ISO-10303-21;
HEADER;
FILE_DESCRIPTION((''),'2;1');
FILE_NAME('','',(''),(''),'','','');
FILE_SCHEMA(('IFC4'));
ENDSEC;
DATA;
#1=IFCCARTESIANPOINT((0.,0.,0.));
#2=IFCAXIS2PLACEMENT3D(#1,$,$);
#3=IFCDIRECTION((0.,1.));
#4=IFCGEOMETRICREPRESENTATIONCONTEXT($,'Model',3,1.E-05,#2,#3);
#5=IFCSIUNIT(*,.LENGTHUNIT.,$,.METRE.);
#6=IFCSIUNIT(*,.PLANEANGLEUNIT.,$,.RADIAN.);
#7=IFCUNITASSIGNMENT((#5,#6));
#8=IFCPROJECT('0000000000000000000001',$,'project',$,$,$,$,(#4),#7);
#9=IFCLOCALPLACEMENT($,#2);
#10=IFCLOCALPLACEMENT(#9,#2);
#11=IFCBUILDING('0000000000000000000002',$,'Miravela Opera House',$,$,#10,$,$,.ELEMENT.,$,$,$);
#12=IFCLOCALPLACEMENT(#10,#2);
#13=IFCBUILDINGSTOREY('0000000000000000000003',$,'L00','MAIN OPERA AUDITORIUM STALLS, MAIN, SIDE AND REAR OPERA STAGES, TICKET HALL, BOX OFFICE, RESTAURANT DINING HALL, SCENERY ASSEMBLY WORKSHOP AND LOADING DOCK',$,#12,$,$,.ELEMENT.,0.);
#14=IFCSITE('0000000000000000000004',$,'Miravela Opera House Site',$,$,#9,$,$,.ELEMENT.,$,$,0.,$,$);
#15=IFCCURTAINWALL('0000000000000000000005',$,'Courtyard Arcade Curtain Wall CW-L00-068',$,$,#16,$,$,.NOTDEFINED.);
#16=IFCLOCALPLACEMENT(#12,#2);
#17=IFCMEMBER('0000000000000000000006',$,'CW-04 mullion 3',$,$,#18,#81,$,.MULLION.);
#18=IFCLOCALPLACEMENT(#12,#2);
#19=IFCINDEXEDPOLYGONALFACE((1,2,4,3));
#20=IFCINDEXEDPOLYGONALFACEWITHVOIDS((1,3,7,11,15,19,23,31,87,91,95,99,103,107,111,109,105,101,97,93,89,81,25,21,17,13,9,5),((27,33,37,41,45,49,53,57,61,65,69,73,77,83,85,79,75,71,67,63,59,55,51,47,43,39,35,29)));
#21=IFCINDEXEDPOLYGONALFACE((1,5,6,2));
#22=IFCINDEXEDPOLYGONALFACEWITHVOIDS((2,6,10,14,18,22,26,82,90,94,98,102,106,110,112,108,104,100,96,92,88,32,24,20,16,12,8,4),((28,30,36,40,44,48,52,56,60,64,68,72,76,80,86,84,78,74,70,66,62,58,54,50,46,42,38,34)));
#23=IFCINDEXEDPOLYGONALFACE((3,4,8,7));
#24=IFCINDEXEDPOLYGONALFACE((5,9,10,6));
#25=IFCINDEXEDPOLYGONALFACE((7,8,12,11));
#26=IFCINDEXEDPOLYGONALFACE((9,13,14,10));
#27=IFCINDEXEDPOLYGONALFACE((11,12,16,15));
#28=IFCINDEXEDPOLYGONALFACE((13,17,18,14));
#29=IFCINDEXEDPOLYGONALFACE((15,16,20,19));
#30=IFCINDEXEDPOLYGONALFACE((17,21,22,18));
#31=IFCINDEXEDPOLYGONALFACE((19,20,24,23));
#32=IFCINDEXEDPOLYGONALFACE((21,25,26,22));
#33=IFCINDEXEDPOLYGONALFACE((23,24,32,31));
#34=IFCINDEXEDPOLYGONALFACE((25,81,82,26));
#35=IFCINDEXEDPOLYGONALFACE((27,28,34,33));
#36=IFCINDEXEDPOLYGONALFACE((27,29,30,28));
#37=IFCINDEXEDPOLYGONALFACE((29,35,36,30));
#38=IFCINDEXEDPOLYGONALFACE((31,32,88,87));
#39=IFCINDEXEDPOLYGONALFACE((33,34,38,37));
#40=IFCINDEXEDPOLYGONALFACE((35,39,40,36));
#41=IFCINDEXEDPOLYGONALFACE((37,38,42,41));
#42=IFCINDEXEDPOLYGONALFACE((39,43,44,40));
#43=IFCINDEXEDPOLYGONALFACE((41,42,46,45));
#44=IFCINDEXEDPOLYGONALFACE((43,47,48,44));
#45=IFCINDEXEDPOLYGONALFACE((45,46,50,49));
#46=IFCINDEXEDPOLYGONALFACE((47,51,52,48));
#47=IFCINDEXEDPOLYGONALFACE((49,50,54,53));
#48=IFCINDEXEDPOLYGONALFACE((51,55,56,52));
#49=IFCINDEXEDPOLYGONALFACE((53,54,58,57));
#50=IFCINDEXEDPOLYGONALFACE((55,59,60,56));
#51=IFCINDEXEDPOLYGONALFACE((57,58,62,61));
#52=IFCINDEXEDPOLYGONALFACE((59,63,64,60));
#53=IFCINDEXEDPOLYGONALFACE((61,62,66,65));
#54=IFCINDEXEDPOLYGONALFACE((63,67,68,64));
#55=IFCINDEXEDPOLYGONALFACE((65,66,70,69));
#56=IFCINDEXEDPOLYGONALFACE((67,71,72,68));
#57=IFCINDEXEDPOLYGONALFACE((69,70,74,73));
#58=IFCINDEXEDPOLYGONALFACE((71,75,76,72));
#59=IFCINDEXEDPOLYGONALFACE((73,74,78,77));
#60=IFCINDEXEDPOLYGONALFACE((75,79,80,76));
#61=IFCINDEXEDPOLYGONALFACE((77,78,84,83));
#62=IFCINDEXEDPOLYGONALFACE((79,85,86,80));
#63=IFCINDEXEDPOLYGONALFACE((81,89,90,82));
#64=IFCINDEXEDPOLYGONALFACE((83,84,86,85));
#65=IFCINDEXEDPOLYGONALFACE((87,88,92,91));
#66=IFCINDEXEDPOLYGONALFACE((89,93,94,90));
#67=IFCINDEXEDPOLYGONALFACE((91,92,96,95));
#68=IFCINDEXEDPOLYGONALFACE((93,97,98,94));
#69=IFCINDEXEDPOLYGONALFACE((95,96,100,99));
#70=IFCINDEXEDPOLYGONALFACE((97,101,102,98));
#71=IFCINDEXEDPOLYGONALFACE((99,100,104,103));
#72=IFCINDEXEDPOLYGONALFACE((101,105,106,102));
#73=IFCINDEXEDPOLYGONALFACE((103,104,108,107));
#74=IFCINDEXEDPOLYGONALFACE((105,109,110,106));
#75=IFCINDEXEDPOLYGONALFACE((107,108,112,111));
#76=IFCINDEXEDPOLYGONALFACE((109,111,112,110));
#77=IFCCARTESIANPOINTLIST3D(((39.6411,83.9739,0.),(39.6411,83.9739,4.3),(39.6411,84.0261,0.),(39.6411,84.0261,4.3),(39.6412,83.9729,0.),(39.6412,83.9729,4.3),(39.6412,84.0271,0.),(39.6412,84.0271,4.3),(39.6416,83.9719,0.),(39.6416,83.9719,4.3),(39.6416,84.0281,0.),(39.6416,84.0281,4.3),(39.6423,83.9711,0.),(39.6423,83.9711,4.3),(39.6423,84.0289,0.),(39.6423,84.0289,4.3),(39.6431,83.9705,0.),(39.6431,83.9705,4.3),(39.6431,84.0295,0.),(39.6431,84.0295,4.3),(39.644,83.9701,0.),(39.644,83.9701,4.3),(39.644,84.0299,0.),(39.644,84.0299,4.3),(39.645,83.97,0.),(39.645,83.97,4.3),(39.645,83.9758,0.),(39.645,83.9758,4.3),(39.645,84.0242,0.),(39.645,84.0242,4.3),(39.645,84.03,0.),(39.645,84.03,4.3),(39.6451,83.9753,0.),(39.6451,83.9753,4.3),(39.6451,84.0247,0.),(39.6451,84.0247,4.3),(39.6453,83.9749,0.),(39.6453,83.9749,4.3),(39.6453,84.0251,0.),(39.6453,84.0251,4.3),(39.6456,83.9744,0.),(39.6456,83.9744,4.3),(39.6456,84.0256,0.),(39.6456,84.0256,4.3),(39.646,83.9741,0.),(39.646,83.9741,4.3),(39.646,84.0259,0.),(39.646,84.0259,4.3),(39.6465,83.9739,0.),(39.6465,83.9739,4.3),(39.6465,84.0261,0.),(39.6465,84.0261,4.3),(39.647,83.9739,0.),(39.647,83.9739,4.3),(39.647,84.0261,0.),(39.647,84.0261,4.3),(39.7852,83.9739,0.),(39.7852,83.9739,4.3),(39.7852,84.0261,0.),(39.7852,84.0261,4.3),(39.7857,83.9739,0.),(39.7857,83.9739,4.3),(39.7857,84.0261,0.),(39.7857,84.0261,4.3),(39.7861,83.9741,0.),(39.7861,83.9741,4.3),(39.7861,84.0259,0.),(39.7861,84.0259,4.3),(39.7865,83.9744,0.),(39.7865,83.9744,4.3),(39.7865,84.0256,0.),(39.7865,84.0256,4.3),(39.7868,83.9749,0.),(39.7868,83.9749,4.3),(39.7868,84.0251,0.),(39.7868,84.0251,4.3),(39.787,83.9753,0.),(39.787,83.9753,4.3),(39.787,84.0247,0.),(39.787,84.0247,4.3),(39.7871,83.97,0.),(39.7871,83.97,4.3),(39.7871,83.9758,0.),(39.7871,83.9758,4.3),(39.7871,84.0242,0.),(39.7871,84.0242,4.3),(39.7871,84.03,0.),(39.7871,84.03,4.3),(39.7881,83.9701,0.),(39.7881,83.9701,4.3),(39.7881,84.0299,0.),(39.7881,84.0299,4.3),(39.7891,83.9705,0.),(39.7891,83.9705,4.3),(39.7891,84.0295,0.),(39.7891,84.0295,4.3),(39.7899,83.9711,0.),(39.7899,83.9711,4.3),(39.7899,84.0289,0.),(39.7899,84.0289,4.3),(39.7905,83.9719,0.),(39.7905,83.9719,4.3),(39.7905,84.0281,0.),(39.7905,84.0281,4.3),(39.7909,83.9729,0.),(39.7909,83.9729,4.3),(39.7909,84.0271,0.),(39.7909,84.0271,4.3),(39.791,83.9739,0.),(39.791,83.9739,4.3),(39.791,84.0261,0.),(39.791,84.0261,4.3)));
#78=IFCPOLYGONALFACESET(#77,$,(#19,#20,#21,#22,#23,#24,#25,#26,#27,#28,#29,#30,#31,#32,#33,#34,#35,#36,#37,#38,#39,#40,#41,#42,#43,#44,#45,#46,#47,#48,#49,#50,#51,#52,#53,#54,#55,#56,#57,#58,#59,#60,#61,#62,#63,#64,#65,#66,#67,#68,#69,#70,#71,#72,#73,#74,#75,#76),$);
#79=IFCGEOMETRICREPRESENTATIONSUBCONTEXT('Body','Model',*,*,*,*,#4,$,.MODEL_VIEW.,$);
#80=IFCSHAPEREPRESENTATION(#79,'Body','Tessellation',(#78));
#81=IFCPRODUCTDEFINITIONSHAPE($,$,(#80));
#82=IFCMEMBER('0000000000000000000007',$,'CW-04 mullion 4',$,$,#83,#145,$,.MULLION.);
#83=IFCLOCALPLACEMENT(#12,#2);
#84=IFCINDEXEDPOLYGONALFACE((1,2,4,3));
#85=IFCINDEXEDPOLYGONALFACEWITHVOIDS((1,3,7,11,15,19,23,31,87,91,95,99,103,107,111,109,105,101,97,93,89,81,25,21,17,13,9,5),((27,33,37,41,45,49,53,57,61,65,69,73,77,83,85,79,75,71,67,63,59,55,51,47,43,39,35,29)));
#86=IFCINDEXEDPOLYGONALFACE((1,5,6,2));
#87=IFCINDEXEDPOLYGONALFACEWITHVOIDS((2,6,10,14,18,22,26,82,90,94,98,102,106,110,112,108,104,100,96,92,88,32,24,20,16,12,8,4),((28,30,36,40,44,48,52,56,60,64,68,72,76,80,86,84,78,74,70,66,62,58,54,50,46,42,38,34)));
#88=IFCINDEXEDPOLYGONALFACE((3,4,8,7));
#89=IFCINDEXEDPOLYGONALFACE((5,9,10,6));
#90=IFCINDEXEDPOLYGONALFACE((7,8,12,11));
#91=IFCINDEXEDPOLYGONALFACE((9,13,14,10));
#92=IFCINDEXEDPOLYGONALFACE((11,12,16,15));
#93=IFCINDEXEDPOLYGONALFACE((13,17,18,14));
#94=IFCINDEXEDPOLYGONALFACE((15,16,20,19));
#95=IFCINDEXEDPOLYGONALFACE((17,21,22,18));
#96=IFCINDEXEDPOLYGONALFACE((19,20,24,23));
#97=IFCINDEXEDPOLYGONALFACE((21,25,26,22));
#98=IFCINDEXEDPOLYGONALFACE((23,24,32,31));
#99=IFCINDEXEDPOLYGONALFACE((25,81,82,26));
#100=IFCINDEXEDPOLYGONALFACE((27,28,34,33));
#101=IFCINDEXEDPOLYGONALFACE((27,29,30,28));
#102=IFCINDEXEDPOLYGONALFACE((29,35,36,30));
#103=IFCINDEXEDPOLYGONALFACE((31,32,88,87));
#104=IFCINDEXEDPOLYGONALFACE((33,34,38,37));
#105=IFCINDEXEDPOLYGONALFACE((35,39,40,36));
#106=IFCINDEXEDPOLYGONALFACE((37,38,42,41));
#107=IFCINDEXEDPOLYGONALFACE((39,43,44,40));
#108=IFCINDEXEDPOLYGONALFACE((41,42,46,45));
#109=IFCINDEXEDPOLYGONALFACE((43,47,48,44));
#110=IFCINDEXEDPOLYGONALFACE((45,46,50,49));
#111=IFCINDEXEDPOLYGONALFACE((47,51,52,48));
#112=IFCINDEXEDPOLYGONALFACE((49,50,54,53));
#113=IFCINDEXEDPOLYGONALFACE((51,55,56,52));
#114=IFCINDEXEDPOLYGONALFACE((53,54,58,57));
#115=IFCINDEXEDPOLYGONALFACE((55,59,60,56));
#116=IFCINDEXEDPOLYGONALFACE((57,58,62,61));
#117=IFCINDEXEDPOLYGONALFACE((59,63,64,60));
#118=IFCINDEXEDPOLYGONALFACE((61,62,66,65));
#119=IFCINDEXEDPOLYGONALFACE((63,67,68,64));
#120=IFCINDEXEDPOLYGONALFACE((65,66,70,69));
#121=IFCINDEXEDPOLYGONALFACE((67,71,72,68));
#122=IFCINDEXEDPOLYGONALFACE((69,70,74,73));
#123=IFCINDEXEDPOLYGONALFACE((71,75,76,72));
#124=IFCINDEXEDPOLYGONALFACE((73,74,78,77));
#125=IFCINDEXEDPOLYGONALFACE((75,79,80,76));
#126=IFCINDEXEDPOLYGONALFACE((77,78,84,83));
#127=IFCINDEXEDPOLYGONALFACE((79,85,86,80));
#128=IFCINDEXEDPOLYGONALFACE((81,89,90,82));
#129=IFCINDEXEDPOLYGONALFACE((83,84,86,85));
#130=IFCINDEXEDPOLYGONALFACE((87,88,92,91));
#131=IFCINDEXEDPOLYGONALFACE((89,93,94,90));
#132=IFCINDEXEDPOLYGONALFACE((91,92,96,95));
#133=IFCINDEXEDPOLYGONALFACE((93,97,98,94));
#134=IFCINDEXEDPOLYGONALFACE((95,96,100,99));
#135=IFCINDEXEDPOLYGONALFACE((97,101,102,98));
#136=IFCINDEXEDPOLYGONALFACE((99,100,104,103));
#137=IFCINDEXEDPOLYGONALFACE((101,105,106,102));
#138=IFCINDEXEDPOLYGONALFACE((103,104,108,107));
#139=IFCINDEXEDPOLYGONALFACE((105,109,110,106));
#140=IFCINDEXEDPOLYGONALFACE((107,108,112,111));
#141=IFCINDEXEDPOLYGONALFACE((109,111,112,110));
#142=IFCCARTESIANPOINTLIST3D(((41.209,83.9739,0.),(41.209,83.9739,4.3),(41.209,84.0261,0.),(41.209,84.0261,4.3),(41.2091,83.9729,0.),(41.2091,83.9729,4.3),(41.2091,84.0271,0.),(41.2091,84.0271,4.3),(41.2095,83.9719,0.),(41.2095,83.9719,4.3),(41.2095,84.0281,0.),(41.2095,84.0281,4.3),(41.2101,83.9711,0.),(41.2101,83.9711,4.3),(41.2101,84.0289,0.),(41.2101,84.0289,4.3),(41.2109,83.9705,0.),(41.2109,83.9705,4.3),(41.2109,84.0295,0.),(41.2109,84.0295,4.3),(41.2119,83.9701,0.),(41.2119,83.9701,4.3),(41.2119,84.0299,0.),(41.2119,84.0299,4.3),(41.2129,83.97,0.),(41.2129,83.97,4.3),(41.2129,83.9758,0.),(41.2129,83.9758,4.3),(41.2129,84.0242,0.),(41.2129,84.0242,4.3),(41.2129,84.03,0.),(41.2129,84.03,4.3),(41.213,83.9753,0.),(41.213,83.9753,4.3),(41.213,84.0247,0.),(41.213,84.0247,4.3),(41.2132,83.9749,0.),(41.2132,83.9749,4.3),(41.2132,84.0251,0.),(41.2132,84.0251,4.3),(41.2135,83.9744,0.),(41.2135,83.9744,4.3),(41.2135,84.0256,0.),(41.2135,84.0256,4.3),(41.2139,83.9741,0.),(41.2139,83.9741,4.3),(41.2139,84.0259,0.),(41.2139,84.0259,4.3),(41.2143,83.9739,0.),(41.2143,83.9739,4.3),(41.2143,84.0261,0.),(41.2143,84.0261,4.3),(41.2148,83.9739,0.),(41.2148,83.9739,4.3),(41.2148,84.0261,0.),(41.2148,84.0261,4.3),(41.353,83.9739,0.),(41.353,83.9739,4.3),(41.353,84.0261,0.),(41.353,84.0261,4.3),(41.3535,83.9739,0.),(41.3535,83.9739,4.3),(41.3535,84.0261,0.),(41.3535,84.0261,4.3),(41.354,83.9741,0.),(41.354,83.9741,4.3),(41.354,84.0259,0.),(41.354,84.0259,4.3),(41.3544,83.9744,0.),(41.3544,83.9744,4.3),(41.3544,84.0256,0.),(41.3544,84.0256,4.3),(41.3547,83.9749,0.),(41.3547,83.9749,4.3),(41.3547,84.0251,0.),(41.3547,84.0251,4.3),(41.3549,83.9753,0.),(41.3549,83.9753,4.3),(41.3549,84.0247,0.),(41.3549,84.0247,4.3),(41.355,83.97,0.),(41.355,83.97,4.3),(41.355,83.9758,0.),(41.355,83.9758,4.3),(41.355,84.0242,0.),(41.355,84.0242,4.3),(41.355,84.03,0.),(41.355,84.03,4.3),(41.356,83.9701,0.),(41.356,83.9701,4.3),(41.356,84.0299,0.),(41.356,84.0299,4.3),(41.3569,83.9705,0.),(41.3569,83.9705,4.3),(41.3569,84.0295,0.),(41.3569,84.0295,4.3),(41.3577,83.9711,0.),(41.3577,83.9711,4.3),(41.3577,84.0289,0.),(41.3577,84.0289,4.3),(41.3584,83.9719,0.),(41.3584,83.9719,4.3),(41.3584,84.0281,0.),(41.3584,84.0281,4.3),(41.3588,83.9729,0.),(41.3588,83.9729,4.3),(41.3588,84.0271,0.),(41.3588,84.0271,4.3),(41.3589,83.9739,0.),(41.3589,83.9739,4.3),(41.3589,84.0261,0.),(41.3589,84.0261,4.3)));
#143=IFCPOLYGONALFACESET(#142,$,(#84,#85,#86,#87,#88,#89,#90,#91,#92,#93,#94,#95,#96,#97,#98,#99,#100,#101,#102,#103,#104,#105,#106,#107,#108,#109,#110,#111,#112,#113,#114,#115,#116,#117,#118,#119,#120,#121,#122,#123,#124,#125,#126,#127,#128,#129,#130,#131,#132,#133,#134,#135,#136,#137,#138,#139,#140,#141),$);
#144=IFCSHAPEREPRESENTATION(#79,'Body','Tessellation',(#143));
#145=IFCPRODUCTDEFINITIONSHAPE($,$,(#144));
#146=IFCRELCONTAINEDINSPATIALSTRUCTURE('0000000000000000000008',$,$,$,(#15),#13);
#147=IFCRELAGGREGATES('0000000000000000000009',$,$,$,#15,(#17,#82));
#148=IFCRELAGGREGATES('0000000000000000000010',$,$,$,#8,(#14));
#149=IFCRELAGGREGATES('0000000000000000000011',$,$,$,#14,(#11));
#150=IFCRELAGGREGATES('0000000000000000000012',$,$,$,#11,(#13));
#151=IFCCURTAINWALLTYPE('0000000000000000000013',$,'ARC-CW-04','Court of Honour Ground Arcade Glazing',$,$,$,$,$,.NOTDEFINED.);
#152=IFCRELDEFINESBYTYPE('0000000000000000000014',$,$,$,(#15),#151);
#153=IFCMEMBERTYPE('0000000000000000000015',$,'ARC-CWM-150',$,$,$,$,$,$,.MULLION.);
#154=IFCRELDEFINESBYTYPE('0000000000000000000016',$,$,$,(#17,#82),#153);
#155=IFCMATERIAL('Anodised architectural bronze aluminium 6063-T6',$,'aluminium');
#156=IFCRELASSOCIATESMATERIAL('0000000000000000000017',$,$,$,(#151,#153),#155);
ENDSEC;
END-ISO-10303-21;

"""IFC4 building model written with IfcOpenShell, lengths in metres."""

from ifc_helpers import new_model, si_unit, direction, frame, origin, origin_2d, place, context, subcontext, project, spatial, hollow_rectangle, extrude, material, material_profile, profile_set, type_object, element, aggregate, save


model = new_model("IFC4")

# Units and contexts
model_context = context("Model", 3, precision=1e-05, world=origin(), true_north=direction((0.0, 1.0)))
body_context = subcontext(model_context, "Body", "Model", "MODEL_VIEW")
ifc_project = project(units=[si_unit("LENGTHUNIT", "METRE"), si_unit("PLANEANGLEUNIT", "RADIAN")], contexts=[model_context])

# Site, building, storey
site_placement = place(None, origin())
site = spatial("IfcSite", under=ifc_project, at=site_placement, Name="Miravela Opera House Site", CompositionType="ELEMENT", RefElevation=0.0)
building_placement = place(site_placement, origin())
building = spatial("IfcBuilding", under=site, at=building_placement, Name="Miravela Opera House", CompositionType="ELEMENT")
storey_placement = place(building_placement, origin())
storey = spatial("IfcBuildingStorey", under=building, at=storey_placement, Name="L00", Description="MAIN OPERA AUDITORIUM STALLS, MAIN, SIDE AND REAR OPERA STAGES, TICKET HALL, BOX OFFICE, RESTAURANT DINING HALL, SCENERY ASSEMBLY WORKSHOP AND LOADING DOCK", CompositionType="ELEMENT", Elevation=0.0)

# Curtain wall, members
ifc_material_1 = material(Name="Anodised architectural bronze aluminium 6063-T6", Category="aluminium")
curtain_wall_type = type_object("IfcCurtainWallType", Name="ARC-CW-04", Description="Court of Honour Ground Arcade Glazing", PredefinedType="NOTDEFINED", material=ifc_material_1)
curtain_wall_placement = place(storey_placement, origin())
curtain_wall = element("IfcCurtainWall", 1, at=curtain_wall_placement, inside=storey, type_object=curtain_wall_type, Name="Courtyard Arcade Curtain Wall CW-L00-068", PredefinedType="NOTDEFINED")
ifc_material_profile_1 = material_profile(ifc_material_1, hollow_rectangle(XDim=0.0601, YDim=0.1499, WallThickness=0.0039, InnerFilletRadius=0.002, OuterFilletRadius=0.0039, at=origin_2d()), Name="CWM-60X150")
ifc_profile_set_1 = profile_set([ifc_material_profile_1])
member_type_1 = type_object("IfcMemberType", Name="ARC-CWM-150", PredefinedType="MULLION", material=ifc_profile_set_1)
member_1_placement = place(storey_placement, frame((39.7161, 84.0, 0.0), z_axis=(0.0, 0.0, 1.0), x_axis=(0.0, 1.0, 0.0)))
member_1 = element("IfcMember", 2, at=member_1_placement, type_object=member_type_1, Name="CW-04 mullion 3", PredefinedType="MULLION", context=body_context, shape_type="SweptSolid", body=[
    extrude(hollow_rectangle(XDim=0.0601, YDim=0.1499, WallThickness=0.0039, InnerFilletRadius=0.002, OuterFilletRadius=0.0039, at=origin_2d()), origin(), (0.0, 0.0, 1.0), 4.3),
])
member_2_placement = place(storey_placement, frame((41.2839, 84.0, 0.0), z_axis=(0.0, 0.0, 1.0), x_axis=(0.0, 1.0, 0.0)))
member_2 = element("IfcMember", 3, at=member_2_placement, type_object=member_type_1, Name="CW-04 mullion 4", PredefinedType="MULLION", context=body_context, shape_type="SweptSolid", body=[
    extrude(hollow_rectangle(XDim=0.0601, YDim=0.1499, WallThickness=0.0039, InnerFilletRadius=0.002, OuterFilletRadius=0.0039, at=origin_2d()), origin(), (0.0, 0.0, 1.0), 4.3),
])
aggregate(curtain_wall, [member_1, member_2])

save(model, "model.ifc")
